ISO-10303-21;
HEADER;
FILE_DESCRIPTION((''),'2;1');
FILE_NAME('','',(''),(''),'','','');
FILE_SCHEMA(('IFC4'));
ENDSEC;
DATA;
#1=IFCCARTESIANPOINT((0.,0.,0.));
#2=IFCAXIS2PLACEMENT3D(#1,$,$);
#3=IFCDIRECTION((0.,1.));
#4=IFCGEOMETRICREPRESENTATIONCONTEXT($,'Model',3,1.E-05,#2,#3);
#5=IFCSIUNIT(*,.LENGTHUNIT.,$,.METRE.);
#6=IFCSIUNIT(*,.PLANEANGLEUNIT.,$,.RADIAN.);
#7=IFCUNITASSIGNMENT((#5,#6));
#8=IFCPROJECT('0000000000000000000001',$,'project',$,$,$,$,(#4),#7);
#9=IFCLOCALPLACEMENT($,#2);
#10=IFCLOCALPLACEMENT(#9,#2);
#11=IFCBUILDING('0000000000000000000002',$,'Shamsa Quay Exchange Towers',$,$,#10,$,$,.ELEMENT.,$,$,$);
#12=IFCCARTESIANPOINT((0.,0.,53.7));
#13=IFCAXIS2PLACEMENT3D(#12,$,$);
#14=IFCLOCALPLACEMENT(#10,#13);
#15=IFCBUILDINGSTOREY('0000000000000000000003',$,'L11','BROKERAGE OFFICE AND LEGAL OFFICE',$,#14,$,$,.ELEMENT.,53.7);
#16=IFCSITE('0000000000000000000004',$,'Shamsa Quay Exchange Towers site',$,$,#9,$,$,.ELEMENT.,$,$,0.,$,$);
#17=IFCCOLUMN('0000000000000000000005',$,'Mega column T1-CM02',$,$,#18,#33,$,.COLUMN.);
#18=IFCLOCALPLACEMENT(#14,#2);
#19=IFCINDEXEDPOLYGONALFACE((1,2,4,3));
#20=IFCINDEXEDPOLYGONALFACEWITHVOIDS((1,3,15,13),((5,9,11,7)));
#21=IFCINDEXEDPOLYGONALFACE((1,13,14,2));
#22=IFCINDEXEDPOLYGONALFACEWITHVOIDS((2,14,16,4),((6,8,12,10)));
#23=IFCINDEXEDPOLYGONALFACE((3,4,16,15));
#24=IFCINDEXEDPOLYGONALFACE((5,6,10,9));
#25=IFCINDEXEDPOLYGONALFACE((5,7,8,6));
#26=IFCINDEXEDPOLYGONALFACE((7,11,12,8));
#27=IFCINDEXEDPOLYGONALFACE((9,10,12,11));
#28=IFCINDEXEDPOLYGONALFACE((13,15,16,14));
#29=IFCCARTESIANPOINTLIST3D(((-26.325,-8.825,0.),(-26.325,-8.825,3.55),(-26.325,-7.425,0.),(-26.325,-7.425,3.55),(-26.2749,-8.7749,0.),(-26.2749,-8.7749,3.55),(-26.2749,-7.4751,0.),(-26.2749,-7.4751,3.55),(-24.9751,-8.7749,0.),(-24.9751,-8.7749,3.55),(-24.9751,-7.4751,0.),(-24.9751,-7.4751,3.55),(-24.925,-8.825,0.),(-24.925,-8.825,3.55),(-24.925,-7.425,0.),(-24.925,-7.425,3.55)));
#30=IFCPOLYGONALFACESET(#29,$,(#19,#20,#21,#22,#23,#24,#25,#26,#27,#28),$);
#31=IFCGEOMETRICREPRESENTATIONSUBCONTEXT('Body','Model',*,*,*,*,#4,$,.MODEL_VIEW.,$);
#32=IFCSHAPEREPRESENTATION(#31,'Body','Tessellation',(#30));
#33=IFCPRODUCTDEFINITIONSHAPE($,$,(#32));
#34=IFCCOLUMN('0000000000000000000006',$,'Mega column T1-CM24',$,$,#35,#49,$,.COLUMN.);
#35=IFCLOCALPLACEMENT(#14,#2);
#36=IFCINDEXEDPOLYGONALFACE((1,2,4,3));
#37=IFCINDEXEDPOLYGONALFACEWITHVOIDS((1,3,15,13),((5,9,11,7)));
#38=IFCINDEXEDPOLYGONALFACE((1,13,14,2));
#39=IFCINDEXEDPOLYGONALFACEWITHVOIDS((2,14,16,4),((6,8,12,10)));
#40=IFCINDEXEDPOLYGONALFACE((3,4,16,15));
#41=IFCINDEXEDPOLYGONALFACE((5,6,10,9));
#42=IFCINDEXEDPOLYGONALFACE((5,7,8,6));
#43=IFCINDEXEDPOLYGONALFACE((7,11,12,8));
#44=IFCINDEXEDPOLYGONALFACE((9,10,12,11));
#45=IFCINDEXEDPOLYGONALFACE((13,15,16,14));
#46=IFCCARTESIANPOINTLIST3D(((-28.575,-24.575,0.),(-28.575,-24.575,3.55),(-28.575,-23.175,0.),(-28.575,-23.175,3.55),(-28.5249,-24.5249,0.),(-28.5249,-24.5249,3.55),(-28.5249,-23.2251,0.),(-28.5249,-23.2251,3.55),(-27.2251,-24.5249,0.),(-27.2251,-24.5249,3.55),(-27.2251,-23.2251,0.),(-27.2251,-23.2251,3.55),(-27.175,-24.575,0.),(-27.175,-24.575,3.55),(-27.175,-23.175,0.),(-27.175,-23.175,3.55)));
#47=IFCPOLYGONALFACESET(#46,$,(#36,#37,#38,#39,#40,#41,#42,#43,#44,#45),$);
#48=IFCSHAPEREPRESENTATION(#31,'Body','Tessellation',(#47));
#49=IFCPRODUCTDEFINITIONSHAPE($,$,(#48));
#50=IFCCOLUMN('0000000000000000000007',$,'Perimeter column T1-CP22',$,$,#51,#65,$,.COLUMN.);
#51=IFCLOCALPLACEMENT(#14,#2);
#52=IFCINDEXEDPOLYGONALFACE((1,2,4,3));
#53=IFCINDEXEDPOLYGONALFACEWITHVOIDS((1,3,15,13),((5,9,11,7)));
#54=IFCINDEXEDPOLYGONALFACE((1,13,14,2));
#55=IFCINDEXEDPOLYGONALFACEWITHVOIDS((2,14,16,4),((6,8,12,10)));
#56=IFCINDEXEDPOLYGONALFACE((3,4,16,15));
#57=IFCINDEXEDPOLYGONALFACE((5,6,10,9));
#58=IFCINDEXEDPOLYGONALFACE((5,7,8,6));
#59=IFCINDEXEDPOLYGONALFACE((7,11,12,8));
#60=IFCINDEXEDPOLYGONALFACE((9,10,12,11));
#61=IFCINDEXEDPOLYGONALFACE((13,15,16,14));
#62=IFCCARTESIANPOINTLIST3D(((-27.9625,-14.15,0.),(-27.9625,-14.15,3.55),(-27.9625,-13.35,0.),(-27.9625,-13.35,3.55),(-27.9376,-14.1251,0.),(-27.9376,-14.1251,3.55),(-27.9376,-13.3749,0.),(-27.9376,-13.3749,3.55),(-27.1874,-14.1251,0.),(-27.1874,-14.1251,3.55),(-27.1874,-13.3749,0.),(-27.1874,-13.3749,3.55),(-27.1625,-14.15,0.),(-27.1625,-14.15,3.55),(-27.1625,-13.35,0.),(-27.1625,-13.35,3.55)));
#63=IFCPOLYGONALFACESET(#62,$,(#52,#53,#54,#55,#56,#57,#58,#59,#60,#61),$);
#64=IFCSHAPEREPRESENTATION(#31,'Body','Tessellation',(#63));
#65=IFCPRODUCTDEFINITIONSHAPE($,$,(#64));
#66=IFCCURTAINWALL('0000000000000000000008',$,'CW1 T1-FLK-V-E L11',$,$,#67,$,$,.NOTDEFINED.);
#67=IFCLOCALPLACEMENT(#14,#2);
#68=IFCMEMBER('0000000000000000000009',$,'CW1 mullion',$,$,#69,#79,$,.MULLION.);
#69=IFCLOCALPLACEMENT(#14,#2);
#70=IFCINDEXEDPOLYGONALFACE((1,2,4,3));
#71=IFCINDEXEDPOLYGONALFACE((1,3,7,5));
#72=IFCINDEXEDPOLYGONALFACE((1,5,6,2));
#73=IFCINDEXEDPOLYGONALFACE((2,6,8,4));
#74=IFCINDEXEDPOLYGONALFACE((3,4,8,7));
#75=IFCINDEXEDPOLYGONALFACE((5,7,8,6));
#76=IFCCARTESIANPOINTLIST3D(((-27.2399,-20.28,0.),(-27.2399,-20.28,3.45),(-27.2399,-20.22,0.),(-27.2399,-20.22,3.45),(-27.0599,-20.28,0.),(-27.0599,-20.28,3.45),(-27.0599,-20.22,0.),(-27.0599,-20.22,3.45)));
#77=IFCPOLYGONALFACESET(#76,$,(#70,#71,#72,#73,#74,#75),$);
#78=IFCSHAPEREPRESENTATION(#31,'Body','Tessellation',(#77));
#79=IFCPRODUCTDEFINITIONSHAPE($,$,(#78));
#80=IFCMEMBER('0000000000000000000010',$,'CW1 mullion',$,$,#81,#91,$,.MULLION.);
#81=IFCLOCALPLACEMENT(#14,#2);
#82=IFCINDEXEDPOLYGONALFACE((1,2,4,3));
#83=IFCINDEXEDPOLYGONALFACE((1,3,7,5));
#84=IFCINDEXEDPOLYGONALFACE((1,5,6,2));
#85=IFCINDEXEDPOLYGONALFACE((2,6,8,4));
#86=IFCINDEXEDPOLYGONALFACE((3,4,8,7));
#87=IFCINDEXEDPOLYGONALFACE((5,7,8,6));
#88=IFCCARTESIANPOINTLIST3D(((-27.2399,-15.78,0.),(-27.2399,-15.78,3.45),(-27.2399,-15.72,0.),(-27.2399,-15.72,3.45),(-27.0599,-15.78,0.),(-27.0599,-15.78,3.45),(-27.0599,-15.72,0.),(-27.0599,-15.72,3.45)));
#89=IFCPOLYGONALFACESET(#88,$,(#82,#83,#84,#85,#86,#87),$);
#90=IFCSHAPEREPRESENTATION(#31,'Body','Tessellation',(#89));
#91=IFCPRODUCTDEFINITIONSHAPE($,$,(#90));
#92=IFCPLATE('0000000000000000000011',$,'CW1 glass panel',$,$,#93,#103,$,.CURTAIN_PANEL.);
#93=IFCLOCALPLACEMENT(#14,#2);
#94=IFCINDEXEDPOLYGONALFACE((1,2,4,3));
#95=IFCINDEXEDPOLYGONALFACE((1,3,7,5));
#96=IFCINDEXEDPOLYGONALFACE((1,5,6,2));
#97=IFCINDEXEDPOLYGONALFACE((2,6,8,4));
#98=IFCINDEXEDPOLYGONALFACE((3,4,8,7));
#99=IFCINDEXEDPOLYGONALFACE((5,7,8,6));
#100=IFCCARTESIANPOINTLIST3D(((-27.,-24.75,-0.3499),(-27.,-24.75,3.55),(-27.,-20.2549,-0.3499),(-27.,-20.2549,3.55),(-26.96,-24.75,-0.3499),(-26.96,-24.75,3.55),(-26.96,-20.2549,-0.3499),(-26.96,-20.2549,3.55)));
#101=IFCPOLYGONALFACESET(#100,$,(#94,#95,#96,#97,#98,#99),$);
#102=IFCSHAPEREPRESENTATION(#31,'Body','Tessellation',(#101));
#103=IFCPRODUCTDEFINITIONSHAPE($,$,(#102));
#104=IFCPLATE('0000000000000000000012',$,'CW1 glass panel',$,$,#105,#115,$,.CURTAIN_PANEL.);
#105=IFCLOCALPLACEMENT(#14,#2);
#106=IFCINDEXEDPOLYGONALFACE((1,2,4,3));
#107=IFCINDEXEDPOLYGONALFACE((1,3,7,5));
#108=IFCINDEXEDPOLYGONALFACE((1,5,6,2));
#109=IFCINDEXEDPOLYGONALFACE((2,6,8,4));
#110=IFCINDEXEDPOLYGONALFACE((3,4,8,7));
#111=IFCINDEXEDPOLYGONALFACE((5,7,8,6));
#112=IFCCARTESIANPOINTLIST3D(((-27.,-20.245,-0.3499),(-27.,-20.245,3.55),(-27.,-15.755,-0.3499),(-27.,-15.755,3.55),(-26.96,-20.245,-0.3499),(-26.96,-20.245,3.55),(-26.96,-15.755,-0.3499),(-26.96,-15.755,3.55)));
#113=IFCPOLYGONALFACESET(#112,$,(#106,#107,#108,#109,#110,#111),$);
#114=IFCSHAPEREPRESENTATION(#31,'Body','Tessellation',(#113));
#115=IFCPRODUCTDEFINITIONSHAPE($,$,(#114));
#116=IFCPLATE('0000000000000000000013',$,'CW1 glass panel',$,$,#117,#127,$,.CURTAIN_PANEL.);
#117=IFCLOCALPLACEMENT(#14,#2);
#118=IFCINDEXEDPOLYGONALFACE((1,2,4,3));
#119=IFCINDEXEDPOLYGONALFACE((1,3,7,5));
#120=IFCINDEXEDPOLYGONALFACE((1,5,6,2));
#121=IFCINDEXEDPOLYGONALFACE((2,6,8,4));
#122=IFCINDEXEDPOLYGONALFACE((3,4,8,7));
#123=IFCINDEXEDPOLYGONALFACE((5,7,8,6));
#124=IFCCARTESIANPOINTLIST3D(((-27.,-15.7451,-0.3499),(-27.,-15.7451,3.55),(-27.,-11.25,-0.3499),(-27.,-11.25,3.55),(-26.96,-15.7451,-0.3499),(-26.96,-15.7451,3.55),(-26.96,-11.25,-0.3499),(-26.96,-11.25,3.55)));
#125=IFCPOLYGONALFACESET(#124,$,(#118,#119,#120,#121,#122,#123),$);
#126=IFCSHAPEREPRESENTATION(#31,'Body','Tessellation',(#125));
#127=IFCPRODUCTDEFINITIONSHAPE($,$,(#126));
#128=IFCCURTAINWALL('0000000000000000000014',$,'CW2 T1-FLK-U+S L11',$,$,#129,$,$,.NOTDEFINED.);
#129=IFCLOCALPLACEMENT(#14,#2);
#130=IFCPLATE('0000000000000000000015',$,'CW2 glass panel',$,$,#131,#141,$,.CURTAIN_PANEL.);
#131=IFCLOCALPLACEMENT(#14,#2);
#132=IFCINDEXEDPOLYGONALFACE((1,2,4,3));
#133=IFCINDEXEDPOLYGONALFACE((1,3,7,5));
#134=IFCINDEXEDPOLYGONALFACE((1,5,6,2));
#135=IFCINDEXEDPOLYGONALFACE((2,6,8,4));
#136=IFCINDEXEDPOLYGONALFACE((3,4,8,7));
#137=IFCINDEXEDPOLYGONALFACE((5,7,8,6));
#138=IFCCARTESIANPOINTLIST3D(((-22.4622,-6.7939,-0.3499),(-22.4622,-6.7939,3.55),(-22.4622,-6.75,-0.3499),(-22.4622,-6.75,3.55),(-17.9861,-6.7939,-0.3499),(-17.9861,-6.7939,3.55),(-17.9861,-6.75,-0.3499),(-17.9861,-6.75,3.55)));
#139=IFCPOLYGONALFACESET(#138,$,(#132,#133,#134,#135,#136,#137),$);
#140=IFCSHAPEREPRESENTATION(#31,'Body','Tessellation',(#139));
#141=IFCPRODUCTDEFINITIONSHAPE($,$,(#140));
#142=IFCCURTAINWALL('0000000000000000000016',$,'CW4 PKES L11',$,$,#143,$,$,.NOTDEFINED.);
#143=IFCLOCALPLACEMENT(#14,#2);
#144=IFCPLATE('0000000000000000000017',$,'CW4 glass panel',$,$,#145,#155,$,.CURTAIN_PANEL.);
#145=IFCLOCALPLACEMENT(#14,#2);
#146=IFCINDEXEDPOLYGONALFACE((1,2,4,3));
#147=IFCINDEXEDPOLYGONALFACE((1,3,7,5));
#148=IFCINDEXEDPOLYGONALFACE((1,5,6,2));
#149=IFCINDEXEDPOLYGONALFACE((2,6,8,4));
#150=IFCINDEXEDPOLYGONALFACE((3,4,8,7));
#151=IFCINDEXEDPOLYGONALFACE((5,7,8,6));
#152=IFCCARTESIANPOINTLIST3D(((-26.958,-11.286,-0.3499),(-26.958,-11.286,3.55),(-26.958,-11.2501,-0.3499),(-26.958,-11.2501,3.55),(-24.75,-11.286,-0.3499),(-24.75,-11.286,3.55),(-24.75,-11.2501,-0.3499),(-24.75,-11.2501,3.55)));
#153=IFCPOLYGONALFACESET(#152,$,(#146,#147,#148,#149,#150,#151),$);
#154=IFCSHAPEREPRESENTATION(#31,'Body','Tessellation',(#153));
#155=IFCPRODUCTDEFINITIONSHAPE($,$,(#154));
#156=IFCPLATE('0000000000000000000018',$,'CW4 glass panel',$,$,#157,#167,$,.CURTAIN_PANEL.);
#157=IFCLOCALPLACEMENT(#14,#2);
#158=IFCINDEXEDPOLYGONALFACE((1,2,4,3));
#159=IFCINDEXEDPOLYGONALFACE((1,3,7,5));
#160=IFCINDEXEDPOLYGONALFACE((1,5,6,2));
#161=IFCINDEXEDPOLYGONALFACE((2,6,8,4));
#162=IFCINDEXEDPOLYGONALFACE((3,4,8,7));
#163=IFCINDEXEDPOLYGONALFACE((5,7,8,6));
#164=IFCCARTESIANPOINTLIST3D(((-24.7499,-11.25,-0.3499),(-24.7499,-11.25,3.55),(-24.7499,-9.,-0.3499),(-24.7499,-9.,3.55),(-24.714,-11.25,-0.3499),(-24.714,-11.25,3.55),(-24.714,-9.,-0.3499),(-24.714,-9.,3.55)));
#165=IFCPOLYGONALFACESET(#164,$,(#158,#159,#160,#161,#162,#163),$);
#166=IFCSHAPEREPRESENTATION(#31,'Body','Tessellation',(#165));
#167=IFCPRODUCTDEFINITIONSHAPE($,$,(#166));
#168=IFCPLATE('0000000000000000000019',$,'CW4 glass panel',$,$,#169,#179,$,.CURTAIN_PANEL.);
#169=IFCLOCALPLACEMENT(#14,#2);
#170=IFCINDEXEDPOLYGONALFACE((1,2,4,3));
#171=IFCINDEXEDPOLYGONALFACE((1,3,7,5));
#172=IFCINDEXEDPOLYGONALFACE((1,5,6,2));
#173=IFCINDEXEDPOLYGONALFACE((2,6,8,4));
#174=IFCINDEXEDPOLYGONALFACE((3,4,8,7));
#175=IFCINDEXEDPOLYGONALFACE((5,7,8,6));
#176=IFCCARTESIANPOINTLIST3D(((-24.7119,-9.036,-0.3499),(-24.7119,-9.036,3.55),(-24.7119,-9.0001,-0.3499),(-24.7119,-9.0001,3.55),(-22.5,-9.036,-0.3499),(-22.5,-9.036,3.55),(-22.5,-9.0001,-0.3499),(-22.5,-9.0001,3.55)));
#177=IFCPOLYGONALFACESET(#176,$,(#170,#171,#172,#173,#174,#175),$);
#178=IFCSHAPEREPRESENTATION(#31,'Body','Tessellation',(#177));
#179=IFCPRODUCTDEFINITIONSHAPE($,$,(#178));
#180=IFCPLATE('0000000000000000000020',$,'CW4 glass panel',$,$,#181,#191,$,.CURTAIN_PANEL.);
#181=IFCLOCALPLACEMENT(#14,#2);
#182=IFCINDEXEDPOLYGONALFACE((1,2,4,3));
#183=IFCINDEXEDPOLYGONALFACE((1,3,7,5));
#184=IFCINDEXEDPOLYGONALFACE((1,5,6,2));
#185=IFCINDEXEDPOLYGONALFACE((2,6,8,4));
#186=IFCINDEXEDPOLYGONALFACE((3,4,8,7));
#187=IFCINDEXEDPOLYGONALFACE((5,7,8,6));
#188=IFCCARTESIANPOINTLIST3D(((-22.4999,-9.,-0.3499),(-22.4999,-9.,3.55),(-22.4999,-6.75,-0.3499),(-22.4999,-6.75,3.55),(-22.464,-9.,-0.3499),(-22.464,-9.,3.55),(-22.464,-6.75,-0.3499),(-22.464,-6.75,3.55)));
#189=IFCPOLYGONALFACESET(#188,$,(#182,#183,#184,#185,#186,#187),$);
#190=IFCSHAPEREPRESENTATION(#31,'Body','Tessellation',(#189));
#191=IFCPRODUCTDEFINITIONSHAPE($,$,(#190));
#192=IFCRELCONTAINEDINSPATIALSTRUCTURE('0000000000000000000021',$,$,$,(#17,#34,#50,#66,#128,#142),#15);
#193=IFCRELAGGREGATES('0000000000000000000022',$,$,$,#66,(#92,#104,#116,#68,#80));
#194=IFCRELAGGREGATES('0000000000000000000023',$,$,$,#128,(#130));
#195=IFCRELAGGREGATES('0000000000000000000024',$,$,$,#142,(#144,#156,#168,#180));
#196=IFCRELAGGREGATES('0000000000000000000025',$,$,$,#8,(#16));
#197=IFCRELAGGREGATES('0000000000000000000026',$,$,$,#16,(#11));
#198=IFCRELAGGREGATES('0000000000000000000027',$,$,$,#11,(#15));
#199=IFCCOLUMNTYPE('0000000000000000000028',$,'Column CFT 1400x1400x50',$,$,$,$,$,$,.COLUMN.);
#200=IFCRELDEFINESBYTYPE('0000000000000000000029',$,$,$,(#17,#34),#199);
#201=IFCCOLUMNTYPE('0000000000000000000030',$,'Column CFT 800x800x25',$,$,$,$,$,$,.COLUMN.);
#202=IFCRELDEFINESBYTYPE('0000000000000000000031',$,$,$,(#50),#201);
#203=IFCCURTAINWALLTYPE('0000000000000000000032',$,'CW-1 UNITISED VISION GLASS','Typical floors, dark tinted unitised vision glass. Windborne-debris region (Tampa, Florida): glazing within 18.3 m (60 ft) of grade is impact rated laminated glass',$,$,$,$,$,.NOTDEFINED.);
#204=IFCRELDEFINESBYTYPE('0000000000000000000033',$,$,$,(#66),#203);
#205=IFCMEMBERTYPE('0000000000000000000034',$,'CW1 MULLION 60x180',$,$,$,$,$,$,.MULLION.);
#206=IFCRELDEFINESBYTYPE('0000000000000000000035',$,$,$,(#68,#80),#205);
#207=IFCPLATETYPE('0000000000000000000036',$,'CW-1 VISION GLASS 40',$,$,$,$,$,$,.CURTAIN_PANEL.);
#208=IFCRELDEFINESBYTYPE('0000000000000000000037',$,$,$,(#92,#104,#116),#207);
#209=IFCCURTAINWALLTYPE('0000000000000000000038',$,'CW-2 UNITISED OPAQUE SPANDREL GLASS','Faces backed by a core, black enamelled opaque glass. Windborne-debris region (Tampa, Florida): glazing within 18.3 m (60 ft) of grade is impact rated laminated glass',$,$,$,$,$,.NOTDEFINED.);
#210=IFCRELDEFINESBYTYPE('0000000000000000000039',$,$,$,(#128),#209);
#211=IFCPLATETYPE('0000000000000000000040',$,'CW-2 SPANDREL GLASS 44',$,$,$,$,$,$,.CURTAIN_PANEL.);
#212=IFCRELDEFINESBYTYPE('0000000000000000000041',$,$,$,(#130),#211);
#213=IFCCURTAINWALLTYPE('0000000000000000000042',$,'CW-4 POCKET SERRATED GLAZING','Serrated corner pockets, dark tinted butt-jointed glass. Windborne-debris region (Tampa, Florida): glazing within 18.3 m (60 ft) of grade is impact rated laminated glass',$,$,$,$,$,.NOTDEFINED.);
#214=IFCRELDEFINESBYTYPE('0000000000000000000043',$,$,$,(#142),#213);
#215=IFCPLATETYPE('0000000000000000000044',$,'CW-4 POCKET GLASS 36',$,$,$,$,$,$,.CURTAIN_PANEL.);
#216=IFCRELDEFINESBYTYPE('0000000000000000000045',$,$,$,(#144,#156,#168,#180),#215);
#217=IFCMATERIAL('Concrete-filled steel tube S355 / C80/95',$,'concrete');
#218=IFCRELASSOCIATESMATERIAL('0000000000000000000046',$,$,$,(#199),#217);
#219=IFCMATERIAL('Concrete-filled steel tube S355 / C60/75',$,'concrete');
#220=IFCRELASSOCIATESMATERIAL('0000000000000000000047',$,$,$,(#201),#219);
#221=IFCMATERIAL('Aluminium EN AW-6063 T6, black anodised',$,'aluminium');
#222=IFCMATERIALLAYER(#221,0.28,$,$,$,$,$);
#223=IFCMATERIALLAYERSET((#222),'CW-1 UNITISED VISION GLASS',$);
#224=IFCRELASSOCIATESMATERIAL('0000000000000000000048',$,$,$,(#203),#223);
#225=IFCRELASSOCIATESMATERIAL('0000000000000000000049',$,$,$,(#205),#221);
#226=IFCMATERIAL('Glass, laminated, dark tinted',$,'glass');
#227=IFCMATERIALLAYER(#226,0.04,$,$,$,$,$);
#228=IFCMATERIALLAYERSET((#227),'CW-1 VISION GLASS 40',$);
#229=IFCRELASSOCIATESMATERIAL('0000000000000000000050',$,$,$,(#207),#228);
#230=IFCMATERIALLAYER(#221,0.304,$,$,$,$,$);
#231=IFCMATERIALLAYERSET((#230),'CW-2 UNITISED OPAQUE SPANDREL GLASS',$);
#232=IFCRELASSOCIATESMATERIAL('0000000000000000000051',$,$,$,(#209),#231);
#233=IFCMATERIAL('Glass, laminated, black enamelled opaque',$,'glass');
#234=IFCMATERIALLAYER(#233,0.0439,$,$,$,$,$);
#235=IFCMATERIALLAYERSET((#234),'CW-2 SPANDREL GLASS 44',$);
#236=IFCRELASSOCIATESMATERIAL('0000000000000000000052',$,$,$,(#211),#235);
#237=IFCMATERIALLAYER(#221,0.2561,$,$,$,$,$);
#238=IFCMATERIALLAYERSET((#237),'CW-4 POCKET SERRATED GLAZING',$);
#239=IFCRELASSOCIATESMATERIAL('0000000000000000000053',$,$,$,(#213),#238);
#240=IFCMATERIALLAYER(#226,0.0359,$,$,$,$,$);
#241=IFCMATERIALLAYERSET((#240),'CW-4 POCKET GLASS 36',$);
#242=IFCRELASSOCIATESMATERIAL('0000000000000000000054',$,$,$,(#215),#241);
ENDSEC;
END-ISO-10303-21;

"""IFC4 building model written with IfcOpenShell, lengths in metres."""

from ifc_helpers import new_model, si_unit, direction, frame, origin, origin_2d, place, context, subcontext, project, spatial, rectangle, hollow_rectangle, extrude, material, layer, layer_set, material_profile, profile_set, type_object, element, aggregate, save


model = new_model("IFC4")

# Units and contexts
model_context = context("Model", 3, precision=1e-05, world=origin(), true_north=direction((0.0, 1.0)))
body_context = subcontext(model_context, "Body", "Model", "MODEL_VIEW")
ifc_project = project(units=[si_unit("LENGTHUNIT", "METRE"), si_unit("PLANEANGLEUNIT", "RADIAN")], contexts=[model_context])

# Site, building, storey
site_placement = place(None, origin())
site = spatial("IfcSite", under=ifc_project, at=site_placement, Name="Shamsa Quay Exchange Towers site", CompositionType="ELEMENT", RefElevation=0.0)
building_placement = place(site_placement, origin())
building = spatial("IfcBuilding", under=site, at=building_placement, Name="Shamsa Quay Exchange Towers", CompositionType="ELEMENT")
storey_placement = place(building_placement, frame((0.0, 0.0, 53.7)))
storey = spatial("IfcBuildingStorey", under=building, at=storey_placement, Name="L11", Description="BROKERAGE OFFICE AND LEGAL OFFICE", CompositionType="ELEMENT", Elevation=53.7)

# Columns
ifc_material_1 = material(Name="Concrete-filled steel tube S355 / C80/95", Category="concrete")
ifc_material_profile_1 = material_profile(ifc_material_1, hollow_rectangle(XDim=1.3999, YDim=1.3999, WallThickness=0.05, at=origin_2d()), Name="CFT 1400x1400x50")
ifc_profile_set_1 = profile_set([ifc_material_profile_1], Name="Concrete-filled steel tube S355 / C80/95")
column_type_1 = type_object("IfcColumnType", Name="Column CFT 1400x1400x50", PredefinedType="COLUMN", material=ifc_profile_set_1)
for number, where, name in (
    (1, (-25.625, -8.125, 0.0), "Mega column T1-CM02"),
    (2, (-27.875, -23.875, 0.0), "Mega column T1-CM24"),
):
    element("IfcColumn", number, at=place(storey_placement, frame(where)), inside=storey, type_object=column_type_1, Name=name, PredefinedType="COLUMN", context=body_context, shape_type="SweptSolid", body=[
        extrude(hollow_rectangle(XDim=1.3999, YDim=1.3999, WallThickness=0.05, at=origin_2d()), origin(), (0.0, 0.0, 1.0), 3.55),
    ])
ifc_material_2 = material(Name="Concrete-filled steel tube S355 / C60/75", Category="concrete")
ifc_material_profile_2 = material_profile(ifc_material_2, hollow_rectangle(XDim=0.8, YDim=0.8, WallThickness=0.0249, at=origin_2d()), Name="CFT 800x800x25")
ifc_profile_set_2 = profile_set([ifc_material_profile_2], Name="Concrete-filled steel tube S355 / C60/75")
column_type_2 = type_object("IfcColumnType", Name="Column CFT 800x800x25", PredefinedType="COLUMN", material=ifc_profile_set_2)
column_placement = place(storey_placement, frame((-27.5625, -13.75, 0.0)))
element("IfcColumn", 3, at=column_placement, inside=storey, type_object=column_type_2, Name="Perimeter column T1-CP22", PredefinedType="COLUMN", context=body_context, shape_type="SweptSolid", body=[
    extrude(hollow_rectangle(XDim=0.8, YDim=0.8, WallThickness=0.0249, at=origin_2d()), origin(), (0.0, 0.0, 1.0), 3.55),
])

# Curtain wall, members, plates
ifc_material_3 = material(Name="Aluminium EN AW-6063 T6, black anodised", Category="aluminium")
ifc_layer_1 = layer(ifc_material_3, 0.28)
ifc_layer_set_1 = layer_set([ifc_layer_1], Name="CW-1 UNITISED VISION GLASS")
curtain_wall_type_1 = type_object("IfcCurtainWallType", Name="CW-1 UNITISED VISION GLASS", Description="Typical floors, dark tinted unitised vision glass. Windborne-debris region (Tampa, Florida): glazing within 18.3 m (60 ft) of grade is impact rated laminated glass", PredefinedType="NOTDEFINED", material=ifc_layer_set_1)
curtain_wall_1_placement = place(storey_placement, origin())
curtain_wall_1 = element("IfcCurtainWall", 4, at=curtain_wall_1_placement, inside=storey, type_object=curtain_wall_type_1, Name="CW1 T1-FLK-V-E L11", PredefinedType="NOTDEFINED")
ifc_material_profile_3 = material_profile(ifc_material_3, rectangle(XDim=0.1799, YDim=0.0601, at=origin_2d()), Name="MU60x180")
ifc_profile_set_3 = profile_set([ifc_material_profile_3], Name="Aluminium EN AW-6063 T6, black anodised")
member_type = type_object("IfcMemberType", Name="CW1 MULLION 60x180", PredefinedType="MULLION", material=ifc_profile_set_3)
member_1_placement = place(storey_placement, frame((-27.1499, -20.25, 0.0), z_axis=(0.0, 0.0, 1.0), x_axis=(-1.0, 0.0, 0.0)))
member_1 = element("IfcMember", 5, at=member_1_placement, type_object=member_type, Name="CW1 mullion", PredefinedType="MULLION", context=body_context, shape_type="SweptSolid", body=[
    extrude(rectangle(XDim=0.1799, YDim=0.0601, at=origin_2d()), origin(), (0.0, 0.0, 1.0), 3.45),
])
member_2_placement = place(storey_placement, frame((-27.1499, -15.75, 0.0), z_axis=(0.0, 0.0, 1.0), x_axis=(-1.0, 0.0, 0.0)))
member_2 = element("IfcMember", 6, at=member_2_placement, type_object=member_type, Name="CW1 mullion", PredefinedType="MULLION", context=body_context, shape_type="SweptSolid", body=[
    extrude(rectangle(XDim=0.1799, YDim=0.0601, at=origin_2d()), origin(), (0.0, 0.0, 1.0), 3.45),
])
ifc_material_4 = material(Name="Glass, laminated, dark tinted", Category="glass")
ifc_layer_2 = layer(ifc_material_4, 0.04)
ifc_layer_set_2 = layer_set([ifc_layer_2], Name="CW-1 VISION GLASS 40")
plate_type_1 = type_object("IfcPlateType", Name="CW-1 VISION GLASS 40", PredefinedType="CURTAIN_PANEL", material=ifc_layer_set_2)
plate_1_placement = place(storey_placement, frame((-26.98, -22.5024, -0.3499), z_axis=(0.0, 0.0, 1.0), x_axis=(0.0, 1.0, 0.0)))
plate_1 = element("IfcPlate", 7, at=plate_1_placement, type_object=plate_type_1, Name="CW1 glass panel", PredefinedType="CURTAIN_PANEL", context=body_context, shape_type="SweptSolid", body=[
    extrude(rectangle(XDim=4.4951, YDim=0.04, at=origin_2d()), origin(), (0.0, 0.0, 1.0), 3.8999),
])
plate_2_placement = place(storey_placement, frame((-26.98, -18.0, -0.3499), z_axis=(0.0, 0.0, 1.0), x_axis=(0.0, 1.0, 0.0)))
plate_2 = element("IfcPlate", 8, at=plate_2_placement, type_object=plate_type_1, Name="CW1 glass panel", PredefinedType="CURTAIN_PANEL", context=body_context, shape_type="SweptSolid", body=[
    extrude(rectangle(XDim=4.49, YDim=0.04, at=origin_2d()), origin(), (0.0, 0.0, 1.0), 3.8999),
])
plate_3_placement = place(storey_placement, frame((-26.98, -13.4976, -0.3499), z_axis=(0.0, 0.0, 1.0), x_axis=(0.0, 1.0, 0.0)))
plate_3 = element("IfcPlate", 9, at=plate_3_placement, type_object=plate_type_1, Name="CW1 glass panel", PredefinedType="CURTAIN_PANEL", context=body_context, shape_type="SweptSolid", body=[
    extrude(rectangle(XDim=4.4951, YDim=0.04, at=origin_2d()), origin(), (0.0, 0.0, 1.0), 3.8999),
])
aggregate(curtain_wall_1, [plate_1, plate_2, plate_3, member_1, member_2])

# Curtain wall, plate
ifc_layer_3 = layer(ifc_material_3, 0.304)
ifc_layer_set_3 = layer_set([ifc_layer_3], Name="CW-2 UNITISED OPAQUE SPANDREL GLASS")
curtain_wall_type_2 = type_object("IfcCurtainWallType", Name="CW-2 UNITISED OPAQUE SPANDREL GLASS", Description="Faces backed by a core, black enamelled opaque glass. Windborne-debris region (Tampa, Florida): glazing within 18.3 m (60 ft) of grade is impact rated laminated glass", PredefinedType="NOTDEFINED", material=ifc_layer_set_3)
curtain_wall_2_placement = place(storey_placement, origin())
curtain_wall_2 = element("IfcCurtainWall", 10, at=curtain_wall_2_placement, inside=storey, type_object=curtain_wall_type_2, Name="CW2 T1-FLK-U+S L11", PredefinedType="NOTDEFINED")
ifc_material_5 = material(Name="Glass, laminated, black enamelled opaque", Category="glass")
ifc_layer_4 = layer(ifc_material_5, 0.0439)
ifc_layer_set_4 = layer_set([ifc_layer_4], Name="CW-2 SPANDREL GLASS 44")
plate_type_2 = type_object("IfcPlateType", Name="CW-2 SPANDREL GLASS 44", PredefinedType="CURTAIN_PANEL", material=ifc_layer_set_4)
plate_4_placement = place(storey_placement, frame((-20.2241, -6.772, -0.3499)))
plate_4 = element("IfcPlate", 11, at=plate_4_placement, type_object=plate_type_2, Name="CW2 glass panel", PredefinedType="CURTAIN_PANEL", context=body_context, shape_type="SweptSolid", body=[
    extrude(rectangle(XDim=4.4761, YDim=0.0439, at=origin_2d()), origin(), (0.0, 0.0, 1.0), 3.8999),
])
aggregate(curtain_wall_2, [plate_4])

# Curtain wall, plates
ifc_layer_5 = layer(ifc_material_3, 0.2561)
ifc_layer_set_5 = layer_set([ifc_layer_5], Name="CW-4 POCKET SERRATED GLAZING")
curtain_wall_type_3 = type_object("IfcCurtainWallType", Name="CW-4 POCKET SERRATED GLAZING", Description="Serrated corner pockets, dark tinted butt-jointed glass. Windborne-debris region (Tampa, Florida): glazing within 18.3 m (60 ft) of grade is impact rated laminated glass", PredefinedType="NOTDEFINED", material=ifc_layer_set_5)
curtain_wall_3_placement = place(storey_placement, origin())
curtain_wall_3 = element("IfcCurtainWall", 12, at=curtain_wall_3_placement, inside=storey, type_object=curtain_wall_type_3, Name="CW4 PKES L11", PredefinedType="NOTDEFINED")
ifc_layer_6 = layer(ifc_material_4, 0.0359)
ifc_layer_set_6 = layer_set([ifc_layer_6], Name="CW-4 POCKET GLASS 36")
plate_type_3 = type_object("IfcPlateType", Name="CW-4 POCKET GLASS 36", PredefinedType="CURTAIN_PANEL", material=ifc_layer_set_6)
plate_5_placement = place(storey_placement, frame((-25.854, -11.2681, -0.3499)))
plate_5 = element("IfcPlate", 13, at=plate_5_placement, type_object=plate_type_3, Name="CW4 glass panel", PredefinedType="CURTAIN_PANEL", context=body_context, shape_type="SweptSolid", body=[
    extrude(rectangle(XDim=2.208, YDim=0.0359, at=origin_2d()), origin(), (0.0, 0.0, 1.0), 3.8999),
])
plate_6_placement = place(storey_placement, frame((-24.7319, -10.125, -0.3499), z_axis=(0.0, 0.0, 1.0), x_axis=(0.0, 1.0, 0.0)))
plate_6 = element("IfcPlate", 14, at=plate_6_placement, type_object=plate_type_3, Name="CW4 glass panel", PredefinedType="CURTAIN_PANEL", context=body_context, shape_type="SweptSolid", body=[
    extrude(rectangle(XDim=2.25, YDim=0.0359, at=origin_2d()), origin(), (0.0, 0.0, 1.0), 3.8999),
])
plate_7_placement = place(storey_placement, frame((-23.606, -9.0181, -0.3499)))
plate_7 = element("IfcPlate", 15, at=plate_7_placement, type_object=plate_type_3, Name="CW4 glass panel", PredefinedType="CURTAIN_PANEL", context=body_context, shape_type="SweptSolid", body=[
    extrude(rectangle(XDim=2.2119, YDim=0.0359, at=origin_2d()), origin(), (0.0, 0.0, 1.0), 3.8999),
])
plate_8_placement = place(storey_placement, frame((-22.4819, -7.875, -0.3499), z_axis=(0.0, 0.0, 1.0), x_axis=(0.0, 1.0, 0.0)))
plate_8 = element("IfcPlate", 16, at=plate_8_placement, type_object=plate_type_3, Name="CW4 glass panel", PredefinedType="CURTAIN_PANEL", context=body_context, shape_type="SweptSolid", body=[
    extrude(rectangle(XDim=2.25, YDim=0.0359, at=origin_2d()), origin(), (0.0, 0.0, 1.0), 3.8999),
])
aggregate(curtain_wall_3, [plate_5, plate_6, plate_7, plate_8])

save(model, "model.ifc")
